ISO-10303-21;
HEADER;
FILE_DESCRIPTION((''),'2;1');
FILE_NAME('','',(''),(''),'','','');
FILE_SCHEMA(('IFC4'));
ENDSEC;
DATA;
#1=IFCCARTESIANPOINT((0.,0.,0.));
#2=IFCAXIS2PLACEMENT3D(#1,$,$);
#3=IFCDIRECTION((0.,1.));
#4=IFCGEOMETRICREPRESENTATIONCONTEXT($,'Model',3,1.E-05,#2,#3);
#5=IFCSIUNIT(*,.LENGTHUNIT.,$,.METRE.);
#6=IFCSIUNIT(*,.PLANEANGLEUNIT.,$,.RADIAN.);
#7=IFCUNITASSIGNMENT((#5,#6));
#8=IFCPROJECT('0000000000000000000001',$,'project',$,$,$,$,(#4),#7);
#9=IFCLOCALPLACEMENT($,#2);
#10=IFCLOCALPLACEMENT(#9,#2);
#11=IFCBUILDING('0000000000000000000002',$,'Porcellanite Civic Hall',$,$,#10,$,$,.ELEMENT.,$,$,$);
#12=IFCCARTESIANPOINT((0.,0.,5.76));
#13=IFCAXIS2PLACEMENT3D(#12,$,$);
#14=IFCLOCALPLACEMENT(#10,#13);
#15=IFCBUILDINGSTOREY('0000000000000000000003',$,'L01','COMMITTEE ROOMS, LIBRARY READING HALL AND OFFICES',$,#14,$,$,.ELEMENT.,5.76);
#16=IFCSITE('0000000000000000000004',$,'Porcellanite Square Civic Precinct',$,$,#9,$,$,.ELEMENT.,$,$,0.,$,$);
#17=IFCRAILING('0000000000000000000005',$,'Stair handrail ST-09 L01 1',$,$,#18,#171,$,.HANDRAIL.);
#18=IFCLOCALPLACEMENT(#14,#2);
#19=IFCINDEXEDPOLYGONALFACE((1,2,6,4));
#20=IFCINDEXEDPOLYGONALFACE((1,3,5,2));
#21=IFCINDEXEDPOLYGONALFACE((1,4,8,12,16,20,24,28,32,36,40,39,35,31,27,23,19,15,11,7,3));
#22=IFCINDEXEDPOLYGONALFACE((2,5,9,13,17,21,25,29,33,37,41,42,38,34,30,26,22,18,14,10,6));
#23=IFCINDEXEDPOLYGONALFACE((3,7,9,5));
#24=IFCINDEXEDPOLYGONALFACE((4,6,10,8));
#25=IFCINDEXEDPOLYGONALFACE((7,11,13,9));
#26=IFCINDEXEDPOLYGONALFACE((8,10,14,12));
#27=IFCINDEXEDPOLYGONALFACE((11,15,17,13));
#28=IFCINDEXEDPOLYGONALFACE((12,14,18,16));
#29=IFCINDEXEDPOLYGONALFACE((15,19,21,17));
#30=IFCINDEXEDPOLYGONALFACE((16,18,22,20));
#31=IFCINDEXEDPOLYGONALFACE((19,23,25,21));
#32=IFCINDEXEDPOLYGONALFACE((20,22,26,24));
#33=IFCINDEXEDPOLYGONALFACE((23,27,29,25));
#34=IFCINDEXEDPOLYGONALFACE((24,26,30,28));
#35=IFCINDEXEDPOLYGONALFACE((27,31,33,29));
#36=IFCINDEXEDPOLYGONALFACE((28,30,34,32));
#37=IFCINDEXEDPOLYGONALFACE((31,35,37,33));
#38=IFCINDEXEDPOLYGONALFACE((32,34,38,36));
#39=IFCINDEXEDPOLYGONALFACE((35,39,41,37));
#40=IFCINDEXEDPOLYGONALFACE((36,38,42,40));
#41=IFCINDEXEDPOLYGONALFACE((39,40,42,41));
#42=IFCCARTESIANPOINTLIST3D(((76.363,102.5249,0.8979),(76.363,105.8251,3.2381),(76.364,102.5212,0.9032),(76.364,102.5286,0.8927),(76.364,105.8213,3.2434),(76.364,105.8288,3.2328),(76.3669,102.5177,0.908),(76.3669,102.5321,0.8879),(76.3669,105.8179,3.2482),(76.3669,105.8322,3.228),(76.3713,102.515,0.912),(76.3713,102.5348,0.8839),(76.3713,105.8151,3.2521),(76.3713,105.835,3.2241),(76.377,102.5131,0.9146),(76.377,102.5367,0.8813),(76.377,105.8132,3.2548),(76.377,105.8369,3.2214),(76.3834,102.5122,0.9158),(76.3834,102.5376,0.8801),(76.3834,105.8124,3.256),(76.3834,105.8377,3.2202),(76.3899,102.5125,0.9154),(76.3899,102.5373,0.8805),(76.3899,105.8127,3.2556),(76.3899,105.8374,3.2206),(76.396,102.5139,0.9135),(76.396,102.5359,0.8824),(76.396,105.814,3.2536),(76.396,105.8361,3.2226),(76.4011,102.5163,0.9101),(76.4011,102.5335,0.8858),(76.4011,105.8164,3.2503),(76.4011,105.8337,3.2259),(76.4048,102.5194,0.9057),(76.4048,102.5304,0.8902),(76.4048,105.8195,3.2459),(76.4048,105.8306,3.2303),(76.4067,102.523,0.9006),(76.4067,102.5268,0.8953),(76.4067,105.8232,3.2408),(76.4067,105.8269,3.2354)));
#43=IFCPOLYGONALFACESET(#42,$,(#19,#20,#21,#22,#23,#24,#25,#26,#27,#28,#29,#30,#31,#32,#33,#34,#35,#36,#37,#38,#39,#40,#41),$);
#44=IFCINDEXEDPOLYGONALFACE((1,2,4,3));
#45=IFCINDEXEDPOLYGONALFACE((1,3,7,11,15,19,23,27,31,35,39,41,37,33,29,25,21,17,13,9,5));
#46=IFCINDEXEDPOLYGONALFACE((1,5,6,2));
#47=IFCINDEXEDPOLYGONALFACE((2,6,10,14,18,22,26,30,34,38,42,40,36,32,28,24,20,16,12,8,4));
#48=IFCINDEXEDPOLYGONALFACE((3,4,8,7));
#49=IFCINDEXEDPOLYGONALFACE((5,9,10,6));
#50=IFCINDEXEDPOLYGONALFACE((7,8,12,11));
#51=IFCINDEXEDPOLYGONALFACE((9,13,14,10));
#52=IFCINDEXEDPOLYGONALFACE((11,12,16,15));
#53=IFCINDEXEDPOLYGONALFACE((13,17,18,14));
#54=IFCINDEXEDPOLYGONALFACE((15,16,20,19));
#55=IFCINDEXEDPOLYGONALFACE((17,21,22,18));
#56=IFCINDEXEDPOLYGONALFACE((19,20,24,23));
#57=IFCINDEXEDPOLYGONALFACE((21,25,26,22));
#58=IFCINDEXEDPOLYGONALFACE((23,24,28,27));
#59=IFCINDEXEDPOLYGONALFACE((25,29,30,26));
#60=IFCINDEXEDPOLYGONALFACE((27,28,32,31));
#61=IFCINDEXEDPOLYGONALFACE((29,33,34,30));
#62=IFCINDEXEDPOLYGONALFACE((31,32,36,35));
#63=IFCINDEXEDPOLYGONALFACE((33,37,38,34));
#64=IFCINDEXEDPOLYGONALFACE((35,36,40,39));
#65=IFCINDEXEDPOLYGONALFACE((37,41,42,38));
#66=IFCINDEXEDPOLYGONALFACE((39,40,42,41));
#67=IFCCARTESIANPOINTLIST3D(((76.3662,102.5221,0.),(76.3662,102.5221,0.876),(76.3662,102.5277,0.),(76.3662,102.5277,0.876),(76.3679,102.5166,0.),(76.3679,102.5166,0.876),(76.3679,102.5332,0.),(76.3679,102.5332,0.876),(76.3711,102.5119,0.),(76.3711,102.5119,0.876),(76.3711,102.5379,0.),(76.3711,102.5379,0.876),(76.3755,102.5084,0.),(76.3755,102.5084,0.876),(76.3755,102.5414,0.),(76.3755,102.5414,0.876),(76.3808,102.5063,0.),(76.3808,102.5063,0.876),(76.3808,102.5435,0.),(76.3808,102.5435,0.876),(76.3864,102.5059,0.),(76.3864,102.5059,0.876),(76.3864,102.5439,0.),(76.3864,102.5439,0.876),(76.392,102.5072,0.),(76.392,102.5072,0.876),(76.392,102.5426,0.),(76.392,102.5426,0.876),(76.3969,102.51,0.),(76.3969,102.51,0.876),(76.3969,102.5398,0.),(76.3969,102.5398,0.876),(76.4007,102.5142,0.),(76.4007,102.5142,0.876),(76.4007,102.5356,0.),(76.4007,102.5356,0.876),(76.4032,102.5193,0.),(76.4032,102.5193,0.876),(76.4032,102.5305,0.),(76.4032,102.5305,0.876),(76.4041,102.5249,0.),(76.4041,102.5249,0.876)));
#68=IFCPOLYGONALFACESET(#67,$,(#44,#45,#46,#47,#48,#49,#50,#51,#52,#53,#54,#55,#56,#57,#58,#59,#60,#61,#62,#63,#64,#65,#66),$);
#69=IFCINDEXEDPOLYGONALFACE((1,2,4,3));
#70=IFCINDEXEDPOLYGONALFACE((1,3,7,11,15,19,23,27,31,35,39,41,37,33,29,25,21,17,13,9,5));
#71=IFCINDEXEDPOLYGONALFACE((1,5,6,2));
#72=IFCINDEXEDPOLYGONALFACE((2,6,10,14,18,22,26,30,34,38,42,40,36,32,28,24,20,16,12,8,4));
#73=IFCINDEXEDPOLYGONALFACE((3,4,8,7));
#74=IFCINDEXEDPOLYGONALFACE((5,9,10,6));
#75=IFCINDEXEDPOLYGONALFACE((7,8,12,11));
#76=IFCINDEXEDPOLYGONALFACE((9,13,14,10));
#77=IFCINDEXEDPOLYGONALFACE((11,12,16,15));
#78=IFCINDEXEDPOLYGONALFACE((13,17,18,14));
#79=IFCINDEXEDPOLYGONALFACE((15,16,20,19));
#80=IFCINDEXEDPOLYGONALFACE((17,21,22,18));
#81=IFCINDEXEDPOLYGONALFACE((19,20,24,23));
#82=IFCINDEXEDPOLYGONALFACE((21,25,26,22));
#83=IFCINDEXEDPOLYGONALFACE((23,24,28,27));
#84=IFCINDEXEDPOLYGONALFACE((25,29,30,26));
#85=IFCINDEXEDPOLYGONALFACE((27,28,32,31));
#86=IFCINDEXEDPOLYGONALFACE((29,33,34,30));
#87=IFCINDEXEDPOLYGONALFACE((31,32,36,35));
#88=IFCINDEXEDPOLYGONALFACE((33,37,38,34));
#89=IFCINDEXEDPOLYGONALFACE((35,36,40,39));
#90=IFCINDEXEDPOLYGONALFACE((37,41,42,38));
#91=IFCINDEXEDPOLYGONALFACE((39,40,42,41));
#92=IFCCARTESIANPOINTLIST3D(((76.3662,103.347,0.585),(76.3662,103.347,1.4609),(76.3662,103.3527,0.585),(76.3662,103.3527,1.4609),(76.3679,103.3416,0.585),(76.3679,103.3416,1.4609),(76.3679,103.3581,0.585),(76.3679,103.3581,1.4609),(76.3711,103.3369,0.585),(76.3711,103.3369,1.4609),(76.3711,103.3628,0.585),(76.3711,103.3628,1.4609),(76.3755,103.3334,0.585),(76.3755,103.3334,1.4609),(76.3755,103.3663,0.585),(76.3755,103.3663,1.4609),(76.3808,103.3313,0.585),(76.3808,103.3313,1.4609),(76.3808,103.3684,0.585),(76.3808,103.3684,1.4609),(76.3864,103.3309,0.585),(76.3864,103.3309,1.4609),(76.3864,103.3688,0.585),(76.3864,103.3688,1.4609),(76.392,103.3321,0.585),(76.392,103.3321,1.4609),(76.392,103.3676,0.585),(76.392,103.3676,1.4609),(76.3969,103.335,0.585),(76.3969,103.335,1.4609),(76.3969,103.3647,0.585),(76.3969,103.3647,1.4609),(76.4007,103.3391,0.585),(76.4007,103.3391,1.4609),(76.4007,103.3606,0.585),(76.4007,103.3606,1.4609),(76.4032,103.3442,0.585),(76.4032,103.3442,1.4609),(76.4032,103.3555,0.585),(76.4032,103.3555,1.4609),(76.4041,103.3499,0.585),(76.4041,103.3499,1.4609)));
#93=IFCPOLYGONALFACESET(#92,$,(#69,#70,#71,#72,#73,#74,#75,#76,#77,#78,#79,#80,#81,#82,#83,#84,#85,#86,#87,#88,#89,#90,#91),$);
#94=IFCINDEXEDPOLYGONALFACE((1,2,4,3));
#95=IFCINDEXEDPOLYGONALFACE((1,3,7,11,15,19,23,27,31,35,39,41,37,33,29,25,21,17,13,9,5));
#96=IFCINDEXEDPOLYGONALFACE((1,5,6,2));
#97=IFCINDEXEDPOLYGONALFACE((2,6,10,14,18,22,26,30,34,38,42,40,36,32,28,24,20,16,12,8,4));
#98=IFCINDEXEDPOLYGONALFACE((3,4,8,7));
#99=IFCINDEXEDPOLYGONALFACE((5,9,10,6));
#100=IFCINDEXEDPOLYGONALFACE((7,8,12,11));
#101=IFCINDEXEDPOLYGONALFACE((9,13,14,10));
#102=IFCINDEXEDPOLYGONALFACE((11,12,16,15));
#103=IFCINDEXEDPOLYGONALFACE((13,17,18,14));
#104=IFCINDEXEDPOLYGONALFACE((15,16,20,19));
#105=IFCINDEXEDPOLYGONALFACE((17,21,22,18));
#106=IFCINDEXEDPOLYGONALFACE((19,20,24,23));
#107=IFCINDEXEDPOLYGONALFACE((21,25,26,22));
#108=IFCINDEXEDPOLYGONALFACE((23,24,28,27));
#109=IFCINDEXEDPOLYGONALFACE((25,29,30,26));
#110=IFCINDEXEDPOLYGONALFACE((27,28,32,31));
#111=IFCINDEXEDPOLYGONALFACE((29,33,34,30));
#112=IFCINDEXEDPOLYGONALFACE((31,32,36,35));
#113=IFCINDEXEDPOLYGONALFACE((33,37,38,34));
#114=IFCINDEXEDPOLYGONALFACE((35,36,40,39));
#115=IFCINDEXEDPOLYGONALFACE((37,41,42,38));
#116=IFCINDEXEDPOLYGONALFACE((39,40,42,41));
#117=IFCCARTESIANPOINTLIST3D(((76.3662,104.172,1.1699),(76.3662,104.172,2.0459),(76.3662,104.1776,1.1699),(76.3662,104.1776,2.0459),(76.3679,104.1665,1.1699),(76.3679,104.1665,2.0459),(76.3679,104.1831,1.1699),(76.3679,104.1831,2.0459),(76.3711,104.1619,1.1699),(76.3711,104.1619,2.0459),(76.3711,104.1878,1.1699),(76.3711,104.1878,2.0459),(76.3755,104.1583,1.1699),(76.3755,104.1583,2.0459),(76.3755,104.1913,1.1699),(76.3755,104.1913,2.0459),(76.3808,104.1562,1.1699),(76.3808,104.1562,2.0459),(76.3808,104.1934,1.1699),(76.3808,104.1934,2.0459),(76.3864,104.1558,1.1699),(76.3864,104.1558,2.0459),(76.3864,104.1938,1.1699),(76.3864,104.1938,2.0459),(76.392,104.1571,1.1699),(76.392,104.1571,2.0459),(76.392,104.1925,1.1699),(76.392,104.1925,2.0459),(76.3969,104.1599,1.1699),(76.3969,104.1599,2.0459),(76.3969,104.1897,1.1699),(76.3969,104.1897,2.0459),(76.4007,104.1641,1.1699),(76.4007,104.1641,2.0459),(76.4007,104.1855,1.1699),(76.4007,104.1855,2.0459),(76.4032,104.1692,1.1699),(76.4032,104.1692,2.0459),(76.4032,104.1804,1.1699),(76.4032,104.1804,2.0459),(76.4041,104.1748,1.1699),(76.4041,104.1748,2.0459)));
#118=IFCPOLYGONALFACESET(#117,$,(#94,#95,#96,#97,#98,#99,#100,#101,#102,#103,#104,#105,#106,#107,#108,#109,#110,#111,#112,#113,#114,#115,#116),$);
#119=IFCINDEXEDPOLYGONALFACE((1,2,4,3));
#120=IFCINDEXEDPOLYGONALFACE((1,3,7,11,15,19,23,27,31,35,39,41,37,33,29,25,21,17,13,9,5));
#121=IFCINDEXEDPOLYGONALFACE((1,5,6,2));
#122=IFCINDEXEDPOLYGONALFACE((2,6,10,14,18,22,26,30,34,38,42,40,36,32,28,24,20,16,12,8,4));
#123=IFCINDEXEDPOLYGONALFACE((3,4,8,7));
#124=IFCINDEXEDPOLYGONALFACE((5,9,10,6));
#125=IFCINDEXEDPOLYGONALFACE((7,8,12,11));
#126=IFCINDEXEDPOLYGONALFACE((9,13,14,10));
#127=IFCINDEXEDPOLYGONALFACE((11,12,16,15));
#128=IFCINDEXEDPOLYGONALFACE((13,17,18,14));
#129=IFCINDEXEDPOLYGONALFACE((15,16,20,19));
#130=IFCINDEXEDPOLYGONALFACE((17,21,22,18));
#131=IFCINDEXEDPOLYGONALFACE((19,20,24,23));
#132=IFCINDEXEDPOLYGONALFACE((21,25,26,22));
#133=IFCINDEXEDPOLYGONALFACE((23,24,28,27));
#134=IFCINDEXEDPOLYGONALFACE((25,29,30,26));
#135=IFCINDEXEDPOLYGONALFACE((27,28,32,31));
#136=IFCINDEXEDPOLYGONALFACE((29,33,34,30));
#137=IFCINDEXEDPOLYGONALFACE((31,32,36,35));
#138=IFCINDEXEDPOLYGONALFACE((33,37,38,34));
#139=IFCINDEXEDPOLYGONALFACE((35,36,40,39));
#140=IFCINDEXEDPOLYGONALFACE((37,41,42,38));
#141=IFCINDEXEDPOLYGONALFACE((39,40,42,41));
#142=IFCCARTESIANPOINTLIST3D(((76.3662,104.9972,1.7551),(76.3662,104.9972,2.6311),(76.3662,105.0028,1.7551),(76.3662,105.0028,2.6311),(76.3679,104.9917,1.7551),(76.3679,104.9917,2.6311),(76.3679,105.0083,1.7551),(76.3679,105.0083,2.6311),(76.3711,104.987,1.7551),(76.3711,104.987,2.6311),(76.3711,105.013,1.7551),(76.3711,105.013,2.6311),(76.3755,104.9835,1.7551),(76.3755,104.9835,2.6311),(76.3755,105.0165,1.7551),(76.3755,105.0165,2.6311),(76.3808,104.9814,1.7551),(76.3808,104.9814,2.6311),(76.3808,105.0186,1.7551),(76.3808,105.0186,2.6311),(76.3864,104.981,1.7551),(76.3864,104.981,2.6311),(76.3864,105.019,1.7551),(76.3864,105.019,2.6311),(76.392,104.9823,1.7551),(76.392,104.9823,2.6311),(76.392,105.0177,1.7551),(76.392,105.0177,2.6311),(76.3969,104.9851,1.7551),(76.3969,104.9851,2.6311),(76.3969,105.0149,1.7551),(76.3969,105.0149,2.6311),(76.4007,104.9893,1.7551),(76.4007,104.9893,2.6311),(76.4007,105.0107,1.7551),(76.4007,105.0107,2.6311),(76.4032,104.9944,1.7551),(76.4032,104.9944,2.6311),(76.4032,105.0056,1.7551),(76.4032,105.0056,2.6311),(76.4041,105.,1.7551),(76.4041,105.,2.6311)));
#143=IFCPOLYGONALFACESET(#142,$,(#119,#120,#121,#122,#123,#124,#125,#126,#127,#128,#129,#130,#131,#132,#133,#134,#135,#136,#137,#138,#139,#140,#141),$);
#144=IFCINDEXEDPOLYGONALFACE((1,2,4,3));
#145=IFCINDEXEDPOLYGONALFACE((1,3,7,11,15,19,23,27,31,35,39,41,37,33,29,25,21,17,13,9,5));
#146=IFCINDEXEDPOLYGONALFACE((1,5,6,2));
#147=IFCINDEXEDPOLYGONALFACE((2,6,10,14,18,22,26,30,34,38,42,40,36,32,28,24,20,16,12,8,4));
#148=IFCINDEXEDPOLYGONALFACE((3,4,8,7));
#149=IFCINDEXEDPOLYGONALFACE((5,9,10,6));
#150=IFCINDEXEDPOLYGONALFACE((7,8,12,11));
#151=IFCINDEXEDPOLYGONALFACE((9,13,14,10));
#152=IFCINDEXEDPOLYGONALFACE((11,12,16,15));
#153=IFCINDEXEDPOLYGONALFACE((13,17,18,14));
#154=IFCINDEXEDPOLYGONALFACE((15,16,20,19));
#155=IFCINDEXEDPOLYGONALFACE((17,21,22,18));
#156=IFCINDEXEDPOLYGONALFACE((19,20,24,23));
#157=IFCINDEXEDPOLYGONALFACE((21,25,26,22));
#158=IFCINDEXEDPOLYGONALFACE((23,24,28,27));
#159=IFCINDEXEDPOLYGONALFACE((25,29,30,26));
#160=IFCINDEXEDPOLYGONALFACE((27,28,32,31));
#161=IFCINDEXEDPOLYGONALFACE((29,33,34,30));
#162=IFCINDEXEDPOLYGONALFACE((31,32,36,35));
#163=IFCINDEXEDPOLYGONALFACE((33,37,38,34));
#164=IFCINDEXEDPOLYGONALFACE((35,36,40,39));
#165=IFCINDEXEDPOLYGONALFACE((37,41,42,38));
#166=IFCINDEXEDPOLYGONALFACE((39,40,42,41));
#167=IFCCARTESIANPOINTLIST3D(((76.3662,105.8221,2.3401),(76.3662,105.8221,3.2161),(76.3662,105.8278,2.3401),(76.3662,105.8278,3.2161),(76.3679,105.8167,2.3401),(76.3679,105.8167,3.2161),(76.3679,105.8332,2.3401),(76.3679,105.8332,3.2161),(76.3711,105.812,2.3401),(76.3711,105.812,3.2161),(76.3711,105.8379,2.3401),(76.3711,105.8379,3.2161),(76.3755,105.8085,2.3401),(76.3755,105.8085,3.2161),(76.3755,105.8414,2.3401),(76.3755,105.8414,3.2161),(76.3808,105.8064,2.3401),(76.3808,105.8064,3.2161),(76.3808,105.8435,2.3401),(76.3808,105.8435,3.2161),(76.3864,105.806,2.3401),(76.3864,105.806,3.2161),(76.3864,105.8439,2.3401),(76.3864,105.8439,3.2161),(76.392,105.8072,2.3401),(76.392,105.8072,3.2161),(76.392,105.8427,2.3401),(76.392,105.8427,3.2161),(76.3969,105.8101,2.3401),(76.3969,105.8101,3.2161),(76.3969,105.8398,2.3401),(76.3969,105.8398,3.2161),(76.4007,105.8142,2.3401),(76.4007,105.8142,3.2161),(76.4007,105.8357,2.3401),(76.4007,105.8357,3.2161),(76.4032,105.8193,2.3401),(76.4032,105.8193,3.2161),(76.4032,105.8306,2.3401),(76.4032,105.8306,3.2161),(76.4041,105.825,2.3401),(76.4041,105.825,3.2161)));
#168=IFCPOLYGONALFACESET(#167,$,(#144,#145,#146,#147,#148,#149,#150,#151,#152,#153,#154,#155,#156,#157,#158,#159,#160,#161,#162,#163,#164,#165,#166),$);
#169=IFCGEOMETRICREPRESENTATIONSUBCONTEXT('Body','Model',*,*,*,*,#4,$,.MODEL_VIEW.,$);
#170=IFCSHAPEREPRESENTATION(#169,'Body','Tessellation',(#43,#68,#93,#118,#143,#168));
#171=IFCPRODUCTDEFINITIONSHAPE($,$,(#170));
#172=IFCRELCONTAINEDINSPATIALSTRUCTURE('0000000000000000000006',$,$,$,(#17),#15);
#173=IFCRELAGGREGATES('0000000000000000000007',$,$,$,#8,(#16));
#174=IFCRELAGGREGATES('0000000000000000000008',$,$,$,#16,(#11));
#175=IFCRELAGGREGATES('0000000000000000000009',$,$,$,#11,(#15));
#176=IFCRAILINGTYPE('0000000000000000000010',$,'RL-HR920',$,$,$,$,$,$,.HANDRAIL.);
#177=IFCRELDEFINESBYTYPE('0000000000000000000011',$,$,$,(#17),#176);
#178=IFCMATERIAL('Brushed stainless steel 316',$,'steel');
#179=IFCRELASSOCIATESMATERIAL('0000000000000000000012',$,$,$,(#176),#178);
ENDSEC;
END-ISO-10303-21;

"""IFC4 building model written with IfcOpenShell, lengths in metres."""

from ifc_helpers import new_model, si_unit, direction, frame, origin, origin_2d, place, context, subcontext, project, spatial, circle, extrude, material, type_object, element, save


model = new_model("IFC4")

# Units and contexts
model_context = context("Model", 3, precision=1e-05, world=origin(), true_north=direction((0.0, 1.0)))
body_context = subcontext(model_context, "Body", "Model", "MODEL_VIEW")
ifc_project = project(units=[si_unit("LENGTHUNIT", "METRE"), si_unit("PLANEANGLEUNIT", "RADIAN")], contexts=[model_context])

# Site, building, storey
site_placement = place(None, origin())
site = spatial("IfcSite", under=ifc_project, at=site_placement, Name="Porcellanite Square Civic Precinct", CompositionType="ELEMENT", RefElevation=0.0)
building_placement = place(site_placement, origin())
building = spatial("IfcBuilding", under=site, at=building_placement, Name="Porcellanite Civic Hall", CompositionType="ELEMENT")
storey_placement = place(building_placement, frame((0.0, 0.0, 5.76)))
storey = spatial("IfcBuildingStorey", under=building, at=storey_placement, Name="L01", Description="COMMITTEE ROOMS, LIBRARY READING HALL AND OFFICES", CompositionType="ELEMENT", Elevation=5.76)

# Railing
ifc_material_1 = material(Name="Brushed stainless steel 316", Category="steel")
railing_type_1 = type_object("IfcRailingType", Name="RL-HR920", PredefinedType="HANDRAIL", material=ifc_material_1)
railing_1_placement = place(storey_placement, frame((76.385, 102.5249, 0.0)))
element("IfcRailing", 1, at=railing_1_placement, inside=storey, type_object=railing_type_1, Name="Stair handrail ST-09 L01 1", PredefinedType="HANDRAIL", context=body_context, shape_type="SweptSolid", body=[
    extrude(circle(Radius=0.022, at=origin_2d()), frame((0.0, 0.0, 0.8979), z_axis=(0.0, 0.815727, 0.578438), x_axis=(-1.0, 0.0, 0.0)), (0.0, 0.0, 1.0), 4.0457),
    extrude(circle(Radius=0.019, at=origin_2d()), origin(), (0.0, 0.0, 1.0), 0.876),
    extrude(circle(Radius=0.019, at=origin_2d()), frame((0.0, 0.825, 0.585)), (0.0, 0.0, 1.0), 0.876),
    extrude(circle(Radius=0.019, at=origin_2d()), frame((0.0, 1.6499, 1.1699)), (0.0, 0.0, 1.0), 0.876),
    extrude(circle(Radius=0.019, at=origin_2d()), frame((0.0, 2.4751, 1.7551)), (0.0, 0.0, 1.0), 0.876),
    extrude(circle(Radius=0.019, at=origin_2d()), frame((0.0, 3.3, 2.3401)), (0.0, 0.0, 1.0), 0.876),
])

save(model, "model.ifc")
